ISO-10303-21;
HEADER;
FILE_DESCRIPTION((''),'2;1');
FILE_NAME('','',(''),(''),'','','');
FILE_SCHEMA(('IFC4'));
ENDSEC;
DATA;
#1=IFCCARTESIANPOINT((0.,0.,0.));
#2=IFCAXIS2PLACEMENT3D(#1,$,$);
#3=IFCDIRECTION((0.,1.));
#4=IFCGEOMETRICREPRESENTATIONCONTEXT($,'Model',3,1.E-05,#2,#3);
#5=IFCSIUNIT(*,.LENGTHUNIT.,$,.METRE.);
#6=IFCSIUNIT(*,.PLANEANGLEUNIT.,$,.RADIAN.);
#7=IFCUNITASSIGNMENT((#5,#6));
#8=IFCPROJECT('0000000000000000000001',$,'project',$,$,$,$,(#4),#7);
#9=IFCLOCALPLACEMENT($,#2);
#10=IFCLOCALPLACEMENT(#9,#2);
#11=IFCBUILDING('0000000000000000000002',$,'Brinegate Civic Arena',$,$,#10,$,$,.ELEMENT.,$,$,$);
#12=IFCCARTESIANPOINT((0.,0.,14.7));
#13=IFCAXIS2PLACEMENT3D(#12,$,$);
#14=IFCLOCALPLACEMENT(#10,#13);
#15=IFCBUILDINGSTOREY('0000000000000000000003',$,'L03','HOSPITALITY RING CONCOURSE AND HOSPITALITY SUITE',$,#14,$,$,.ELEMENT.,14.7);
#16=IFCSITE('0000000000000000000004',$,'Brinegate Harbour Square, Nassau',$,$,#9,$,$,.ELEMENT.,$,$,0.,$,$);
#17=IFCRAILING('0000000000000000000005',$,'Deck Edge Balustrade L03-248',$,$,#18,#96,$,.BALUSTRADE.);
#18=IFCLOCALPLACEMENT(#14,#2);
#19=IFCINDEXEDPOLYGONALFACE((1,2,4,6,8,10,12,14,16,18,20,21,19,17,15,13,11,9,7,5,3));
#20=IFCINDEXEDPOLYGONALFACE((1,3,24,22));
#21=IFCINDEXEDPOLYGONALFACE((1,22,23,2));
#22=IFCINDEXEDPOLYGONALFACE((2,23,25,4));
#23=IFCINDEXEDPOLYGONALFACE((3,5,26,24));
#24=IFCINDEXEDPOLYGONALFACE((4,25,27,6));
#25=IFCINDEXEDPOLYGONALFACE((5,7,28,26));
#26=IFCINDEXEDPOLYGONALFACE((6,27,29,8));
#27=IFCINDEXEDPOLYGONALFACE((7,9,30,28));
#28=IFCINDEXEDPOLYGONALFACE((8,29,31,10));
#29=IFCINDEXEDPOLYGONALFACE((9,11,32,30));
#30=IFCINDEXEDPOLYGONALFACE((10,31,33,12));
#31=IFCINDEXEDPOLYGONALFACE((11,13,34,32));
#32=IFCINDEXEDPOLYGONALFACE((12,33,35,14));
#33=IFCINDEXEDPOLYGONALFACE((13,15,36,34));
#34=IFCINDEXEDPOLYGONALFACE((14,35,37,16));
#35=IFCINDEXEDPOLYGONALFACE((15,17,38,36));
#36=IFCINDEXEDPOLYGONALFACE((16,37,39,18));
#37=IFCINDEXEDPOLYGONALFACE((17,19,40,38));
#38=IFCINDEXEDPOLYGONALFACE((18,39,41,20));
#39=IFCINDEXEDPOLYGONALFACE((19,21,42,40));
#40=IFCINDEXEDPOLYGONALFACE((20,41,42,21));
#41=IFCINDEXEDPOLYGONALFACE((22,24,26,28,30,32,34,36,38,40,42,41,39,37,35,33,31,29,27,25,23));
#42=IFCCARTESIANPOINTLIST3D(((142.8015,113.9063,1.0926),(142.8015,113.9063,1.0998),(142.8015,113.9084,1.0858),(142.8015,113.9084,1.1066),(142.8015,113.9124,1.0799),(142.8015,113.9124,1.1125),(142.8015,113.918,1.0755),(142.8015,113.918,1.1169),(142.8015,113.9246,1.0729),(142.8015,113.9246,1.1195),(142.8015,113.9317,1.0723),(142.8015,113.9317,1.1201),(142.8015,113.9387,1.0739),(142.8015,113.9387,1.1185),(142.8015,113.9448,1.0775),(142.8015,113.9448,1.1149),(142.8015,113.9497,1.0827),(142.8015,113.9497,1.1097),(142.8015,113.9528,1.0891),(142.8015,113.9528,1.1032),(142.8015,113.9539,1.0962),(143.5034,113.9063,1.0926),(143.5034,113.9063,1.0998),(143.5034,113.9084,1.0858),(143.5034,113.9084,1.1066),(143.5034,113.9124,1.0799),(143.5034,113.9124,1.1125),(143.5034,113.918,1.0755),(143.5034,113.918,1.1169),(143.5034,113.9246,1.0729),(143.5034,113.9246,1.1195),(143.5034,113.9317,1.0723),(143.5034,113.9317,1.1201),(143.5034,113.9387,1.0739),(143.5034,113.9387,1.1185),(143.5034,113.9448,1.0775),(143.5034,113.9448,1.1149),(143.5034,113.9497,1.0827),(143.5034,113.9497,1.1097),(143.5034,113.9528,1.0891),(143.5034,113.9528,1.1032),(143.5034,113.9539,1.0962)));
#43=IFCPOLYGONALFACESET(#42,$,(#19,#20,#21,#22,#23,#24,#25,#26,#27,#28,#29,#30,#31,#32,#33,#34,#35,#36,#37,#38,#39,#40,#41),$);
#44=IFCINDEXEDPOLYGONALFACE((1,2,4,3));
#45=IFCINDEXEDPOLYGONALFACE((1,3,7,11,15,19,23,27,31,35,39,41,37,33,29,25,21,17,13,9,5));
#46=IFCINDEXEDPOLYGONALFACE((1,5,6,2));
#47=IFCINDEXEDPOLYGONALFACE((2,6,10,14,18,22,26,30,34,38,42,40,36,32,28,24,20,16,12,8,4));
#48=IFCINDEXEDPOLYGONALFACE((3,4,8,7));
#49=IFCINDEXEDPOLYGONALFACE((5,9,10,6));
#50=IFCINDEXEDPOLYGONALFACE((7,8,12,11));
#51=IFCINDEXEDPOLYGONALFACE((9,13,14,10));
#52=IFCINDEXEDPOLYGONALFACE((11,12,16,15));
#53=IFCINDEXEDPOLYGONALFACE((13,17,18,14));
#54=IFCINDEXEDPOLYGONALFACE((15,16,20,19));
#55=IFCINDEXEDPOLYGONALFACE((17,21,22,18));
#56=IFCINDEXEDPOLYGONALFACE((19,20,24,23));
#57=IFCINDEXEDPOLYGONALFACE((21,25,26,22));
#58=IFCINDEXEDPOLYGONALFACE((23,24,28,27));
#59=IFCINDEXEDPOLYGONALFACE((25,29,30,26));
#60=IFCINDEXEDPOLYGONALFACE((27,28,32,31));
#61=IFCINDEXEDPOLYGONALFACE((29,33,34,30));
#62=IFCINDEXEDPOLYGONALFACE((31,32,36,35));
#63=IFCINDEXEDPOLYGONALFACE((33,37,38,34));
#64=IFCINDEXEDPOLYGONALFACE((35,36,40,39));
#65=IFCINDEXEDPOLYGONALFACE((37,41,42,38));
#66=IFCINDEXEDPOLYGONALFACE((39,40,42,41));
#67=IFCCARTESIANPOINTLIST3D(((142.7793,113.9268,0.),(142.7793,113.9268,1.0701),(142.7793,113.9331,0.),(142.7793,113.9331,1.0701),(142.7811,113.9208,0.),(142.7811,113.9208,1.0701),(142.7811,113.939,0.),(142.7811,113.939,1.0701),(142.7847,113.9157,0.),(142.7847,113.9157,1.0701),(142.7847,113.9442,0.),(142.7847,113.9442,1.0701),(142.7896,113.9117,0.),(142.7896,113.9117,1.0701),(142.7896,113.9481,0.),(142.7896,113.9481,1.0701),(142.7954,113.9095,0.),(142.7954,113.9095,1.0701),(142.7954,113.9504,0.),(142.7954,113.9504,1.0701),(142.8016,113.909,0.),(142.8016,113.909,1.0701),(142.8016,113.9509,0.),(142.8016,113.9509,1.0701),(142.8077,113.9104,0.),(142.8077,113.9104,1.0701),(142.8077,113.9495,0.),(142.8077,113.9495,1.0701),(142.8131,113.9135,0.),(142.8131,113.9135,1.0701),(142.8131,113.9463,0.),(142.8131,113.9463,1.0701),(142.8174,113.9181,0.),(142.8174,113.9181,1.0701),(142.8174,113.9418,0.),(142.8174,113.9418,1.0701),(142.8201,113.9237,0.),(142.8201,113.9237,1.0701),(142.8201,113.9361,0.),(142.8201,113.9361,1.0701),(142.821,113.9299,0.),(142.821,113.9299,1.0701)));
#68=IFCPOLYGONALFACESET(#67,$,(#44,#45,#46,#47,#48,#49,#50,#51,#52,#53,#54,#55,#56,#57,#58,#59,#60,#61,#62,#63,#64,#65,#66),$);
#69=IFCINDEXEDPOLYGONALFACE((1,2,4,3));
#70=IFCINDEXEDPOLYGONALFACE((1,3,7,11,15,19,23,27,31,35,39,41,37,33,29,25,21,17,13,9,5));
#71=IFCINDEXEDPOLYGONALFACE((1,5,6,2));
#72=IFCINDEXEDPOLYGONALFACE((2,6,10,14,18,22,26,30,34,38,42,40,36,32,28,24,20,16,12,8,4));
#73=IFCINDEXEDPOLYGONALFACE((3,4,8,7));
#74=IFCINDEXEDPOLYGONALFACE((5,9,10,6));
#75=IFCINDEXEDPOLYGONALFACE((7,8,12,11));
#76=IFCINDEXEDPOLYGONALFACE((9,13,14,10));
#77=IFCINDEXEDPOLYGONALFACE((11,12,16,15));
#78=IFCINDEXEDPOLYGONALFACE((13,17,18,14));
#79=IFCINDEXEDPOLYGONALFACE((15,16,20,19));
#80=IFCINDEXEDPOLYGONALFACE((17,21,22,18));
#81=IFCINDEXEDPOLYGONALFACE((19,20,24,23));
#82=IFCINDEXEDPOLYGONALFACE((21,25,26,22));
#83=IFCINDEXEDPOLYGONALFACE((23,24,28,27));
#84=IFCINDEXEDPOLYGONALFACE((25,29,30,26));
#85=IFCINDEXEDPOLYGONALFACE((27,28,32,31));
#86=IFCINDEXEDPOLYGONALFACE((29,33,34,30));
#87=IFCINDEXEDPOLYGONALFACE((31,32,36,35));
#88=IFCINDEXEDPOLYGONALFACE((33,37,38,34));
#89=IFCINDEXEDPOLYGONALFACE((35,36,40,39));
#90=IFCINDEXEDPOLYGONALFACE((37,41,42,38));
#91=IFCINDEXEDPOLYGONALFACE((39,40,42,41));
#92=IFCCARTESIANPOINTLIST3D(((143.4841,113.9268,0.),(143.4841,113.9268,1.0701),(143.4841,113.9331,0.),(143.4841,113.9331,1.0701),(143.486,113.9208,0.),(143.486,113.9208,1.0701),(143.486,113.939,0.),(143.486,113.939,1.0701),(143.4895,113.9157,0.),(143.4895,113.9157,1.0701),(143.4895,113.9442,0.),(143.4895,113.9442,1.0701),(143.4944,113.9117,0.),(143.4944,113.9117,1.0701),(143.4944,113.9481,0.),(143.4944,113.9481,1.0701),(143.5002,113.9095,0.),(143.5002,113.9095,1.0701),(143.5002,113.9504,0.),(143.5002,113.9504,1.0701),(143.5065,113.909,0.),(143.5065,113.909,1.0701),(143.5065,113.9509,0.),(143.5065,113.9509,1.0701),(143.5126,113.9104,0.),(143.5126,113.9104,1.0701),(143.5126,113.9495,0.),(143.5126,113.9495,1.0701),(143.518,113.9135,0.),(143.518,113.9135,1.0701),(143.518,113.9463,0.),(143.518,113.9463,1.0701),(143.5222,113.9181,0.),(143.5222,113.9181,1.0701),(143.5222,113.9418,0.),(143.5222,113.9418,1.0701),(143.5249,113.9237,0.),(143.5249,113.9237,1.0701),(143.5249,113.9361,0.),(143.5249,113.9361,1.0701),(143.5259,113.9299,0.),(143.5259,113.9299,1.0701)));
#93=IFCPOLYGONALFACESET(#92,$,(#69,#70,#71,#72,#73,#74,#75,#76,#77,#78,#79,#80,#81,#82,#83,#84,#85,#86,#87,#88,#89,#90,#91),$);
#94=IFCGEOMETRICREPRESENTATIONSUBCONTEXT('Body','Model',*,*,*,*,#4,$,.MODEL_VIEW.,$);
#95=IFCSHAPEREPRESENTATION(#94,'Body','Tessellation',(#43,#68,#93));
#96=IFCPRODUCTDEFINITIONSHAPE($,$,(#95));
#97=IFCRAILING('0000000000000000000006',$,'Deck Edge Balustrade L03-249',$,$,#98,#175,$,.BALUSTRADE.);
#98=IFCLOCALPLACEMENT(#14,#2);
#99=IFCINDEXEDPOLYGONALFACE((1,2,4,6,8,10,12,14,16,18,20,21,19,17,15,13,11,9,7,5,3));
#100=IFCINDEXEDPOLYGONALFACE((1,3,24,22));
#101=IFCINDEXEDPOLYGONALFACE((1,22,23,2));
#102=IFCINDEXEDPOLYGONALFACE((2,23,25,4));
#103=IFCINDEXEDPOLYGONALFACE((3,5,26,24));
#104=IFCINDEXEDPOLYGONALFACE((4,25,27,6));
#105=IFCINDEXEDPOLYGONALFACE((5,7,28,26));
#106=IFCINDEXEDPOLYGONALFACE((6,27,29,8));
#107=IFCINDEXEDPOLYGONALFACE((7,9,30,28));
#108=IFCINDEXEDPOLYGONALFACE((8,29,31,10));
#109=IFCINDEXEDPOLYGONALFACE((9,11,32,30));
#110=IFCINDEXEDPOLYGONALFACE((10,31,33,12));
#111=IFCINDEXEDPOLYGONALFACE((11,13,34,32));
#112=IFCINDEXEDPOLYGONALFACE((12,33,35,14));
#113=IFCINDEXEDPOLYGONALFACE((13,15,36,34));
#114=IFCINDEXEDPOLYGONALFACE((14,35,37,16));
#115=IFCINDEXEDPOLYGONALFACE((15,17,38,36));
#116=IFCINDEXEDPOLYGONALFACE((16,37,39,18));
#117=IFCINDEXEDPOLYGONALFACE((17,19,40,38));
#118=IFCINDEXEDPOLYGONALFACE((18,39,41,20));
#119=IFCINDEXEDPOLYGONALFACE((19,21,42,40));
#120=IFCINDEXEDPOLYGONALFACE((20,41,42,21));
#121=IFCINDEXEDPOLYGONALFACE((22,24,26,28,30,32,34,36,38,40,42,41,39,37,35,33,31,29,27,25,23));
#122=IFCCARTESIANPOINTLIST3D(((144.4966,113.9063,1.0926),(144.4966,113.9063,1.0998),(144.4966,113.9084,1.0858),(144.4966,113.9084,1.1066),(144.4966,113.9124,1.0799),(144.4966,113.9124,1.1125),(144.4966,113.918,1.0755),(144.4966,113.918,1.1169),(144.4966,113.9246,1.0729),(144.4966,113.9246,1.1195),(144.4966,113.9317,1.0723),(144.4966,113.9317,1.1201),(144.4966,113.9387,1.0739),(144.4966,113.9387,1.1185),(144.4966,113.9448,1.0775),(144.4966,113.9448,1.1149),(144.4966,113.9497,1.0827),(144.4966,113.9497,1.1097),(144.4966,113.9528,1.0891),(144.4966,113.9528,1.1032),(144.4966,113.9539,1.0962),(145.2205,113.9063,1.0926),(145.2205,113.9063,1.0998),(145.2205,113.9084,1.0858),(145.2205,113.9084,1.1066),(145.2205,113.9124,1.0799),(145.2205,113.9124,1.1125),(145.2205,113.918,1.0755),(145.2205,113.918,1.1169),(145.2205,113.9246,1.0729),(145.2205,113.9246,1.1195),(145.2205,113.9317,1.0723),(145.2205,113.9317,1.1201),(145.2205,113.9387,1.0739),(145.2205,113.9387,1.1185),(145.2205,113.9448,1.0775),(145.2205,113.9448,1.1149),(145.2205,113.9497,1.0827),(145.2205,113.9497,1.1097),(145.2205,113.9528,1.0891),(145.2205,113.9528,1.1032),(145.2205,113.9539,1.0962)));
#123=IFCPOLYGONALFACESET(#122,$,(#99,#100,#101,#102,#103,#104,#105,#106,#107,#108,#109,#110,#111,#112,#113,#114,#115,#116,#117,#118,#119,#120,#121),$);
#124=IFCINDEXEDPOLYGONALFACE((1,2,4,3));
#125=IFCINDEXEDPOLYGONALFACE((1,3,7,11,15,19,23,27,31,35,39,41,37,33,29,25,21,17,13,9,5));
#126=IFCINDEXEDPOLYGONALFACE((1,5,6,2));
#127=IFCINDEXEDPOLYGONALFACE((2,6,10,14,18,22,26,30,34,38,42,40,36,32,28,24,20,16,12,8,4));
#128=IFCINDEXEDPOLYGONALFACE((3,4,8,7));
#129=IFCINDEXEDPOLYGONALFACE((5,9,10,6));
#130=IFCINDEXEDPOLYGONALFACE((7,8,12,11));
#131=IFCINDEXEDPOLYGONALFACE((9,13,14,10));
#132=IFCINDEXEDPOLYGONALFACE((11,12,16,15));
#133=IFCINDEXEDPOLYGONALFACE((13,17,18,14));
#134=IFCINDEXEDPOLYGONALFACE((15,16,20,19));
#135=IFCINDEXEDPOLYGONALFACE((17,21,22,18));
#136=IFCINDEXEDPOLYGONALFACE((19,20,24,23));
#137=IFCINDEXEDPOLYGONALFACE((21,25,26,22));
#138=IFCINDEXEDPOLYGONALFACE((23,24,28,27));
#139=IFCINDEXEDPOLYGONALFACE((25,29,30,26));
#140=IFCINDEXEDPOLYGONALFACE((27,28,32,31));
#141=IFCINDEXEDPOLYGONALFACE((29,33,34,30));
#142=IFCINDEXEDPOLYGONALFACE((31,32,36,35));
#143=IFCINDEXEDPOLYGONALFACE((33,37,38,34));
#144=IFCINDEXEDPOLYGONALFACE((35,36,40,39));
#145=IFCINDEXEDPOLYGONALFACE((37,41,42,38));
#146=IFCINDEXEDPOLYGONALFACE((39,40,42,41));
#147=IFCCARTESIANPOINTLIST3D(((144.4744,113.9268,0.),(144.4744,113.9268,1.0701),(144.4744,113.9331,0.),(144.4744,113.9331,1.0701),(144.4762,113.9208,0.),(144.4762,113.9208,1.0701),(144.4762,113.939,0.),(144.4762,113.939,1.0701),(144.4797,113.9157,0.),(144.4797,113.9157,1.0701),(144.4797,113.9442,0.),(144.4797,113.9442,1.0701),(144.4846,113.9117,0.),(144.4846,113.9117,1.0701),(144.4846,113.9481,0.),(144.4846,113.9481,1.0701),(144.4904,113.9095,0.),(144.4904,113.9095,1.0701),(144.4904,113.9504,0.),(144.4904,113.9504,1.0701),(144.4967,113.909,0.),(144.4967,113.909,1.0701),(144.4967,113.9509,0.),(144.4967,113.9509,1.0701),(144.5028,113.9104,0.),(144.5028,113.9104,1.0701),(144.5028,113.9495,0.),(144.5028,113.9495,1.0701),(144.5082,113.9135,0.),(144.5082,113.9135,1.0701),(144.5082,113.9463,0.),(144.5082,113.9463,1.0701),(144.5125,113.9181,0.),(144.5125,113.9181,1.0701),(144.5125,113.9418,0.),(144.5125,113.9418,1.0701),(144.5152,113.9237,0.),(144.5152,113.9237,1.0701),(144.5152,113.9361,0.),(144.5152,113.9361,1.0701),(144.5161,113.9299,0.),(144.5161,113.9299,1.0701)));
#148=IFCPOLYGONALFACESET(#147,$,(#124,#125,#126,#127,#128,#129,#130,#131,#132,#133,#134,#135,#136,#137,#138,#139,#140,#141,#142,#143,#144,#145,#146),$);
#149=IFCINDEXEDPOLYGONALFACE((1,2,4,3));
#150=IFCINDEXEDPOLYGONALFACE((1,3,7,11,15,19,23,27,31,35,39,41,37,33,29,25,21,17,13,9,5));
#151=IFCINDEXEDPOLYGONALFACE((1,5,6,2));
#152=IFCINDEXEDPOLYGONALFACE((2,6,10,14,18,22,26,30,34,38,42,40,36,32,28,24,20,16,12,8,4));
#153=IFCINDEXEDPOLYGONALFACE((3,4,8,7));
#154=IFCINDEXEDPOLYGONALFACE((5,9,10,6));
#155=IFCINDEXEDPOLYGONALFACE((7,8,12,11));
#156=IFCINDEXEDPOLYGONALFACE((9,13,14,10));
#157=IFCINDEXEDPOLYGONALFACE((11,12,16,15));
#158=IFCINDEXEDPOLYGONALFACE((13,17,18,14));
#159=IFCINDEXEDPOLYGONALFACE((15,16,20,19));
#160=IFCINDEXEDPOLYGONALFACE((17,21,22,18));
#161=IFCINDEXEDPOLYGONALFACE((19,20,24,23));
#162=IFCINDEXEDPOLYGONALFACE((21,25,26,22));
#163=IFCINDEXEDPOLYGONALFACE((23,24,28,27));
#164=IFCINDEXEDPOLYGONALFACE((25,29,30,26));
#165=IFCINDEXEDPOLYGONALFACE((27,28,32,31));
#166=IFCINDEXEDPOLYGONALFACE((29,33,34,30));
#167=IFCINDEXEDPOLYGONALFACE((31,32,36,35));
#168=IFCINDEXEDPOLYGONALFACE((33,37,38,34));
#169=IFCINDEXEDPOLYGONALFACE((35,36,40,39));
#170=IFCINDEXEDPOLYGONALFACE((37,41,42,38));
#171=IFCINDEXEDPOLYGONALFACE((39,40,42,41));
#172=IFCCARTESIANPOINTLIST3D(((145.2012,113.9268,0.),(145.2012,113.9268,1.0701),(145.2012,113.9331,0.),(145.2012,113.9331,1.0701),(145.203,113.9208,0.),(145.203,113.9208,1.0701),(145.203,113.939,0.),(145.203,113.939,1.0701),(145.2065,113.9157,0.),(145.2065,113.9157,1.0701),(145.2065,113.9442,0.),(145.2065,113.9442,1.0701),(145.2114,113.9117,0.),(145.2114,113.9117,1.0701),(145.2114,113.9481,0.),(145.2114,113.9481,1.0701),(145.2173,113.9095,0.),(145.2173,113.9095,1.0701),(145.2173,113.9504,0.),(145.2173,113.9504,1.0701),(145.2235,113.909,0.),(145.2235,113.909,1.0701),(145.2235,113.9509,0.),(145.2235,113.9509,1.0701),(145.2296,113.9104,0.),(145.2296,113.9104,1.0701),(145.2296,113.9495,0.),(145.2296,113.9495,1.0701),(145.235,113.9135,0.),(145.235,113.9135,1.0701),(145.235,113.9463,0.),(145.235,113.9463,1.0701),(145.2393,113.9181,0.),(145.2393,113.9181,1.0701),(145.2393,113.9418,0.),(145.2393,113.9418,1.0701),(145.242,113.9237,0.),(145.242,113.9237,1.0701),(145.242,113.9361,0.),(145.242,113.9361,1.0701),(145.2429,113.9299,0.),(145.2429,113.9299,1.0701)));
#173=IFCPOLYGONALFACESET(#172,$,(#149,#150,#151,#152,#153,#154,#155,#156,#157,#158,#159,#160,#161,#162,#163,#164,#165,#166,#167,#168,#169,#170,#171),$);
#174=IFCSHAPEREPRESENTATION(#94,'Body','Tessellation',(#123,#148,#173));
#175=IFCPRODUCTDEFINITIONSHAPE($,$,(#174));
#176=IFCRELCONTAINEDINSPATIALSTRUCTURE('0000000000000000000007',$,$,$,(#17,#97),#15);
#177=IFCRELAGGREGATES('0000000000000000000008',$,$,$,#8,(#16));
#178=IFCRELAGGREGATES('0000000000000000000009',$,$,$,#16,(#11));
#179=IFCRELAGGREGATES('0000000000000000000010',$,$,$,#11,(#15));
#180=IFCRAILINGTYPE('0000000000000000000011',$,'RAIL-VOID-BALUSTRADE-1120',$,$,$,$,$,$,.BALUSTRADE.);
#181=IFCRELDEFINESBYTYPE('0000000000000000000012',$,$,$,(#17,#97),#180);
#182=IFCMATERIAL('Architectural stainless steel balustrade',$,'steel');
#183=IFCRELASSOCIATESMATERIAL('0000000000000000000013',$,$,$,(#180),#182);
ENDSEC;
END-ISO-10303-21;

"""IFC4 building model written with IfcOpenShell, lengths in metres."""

from ifc_helpers import new_model, si_unit, direction, frame, origin, origin_2d, place, context, subcontext, project, spatial, circle, extrude, material, type_object, element, save


model = new_model("IFC4")

# Units and contexts
model_context = context("Model", 3, precision=1e-05, world=origin(), true_north=direction((0.0, 1.0)))
body_context = subcontext(model_context, "Body", "Model", "MODEL_VIEW")
ifc_project = project(units=[si_unit("LENGTHUNIT", "METRE"), si_unit("PLANEANGLEUNIT", "RADIAN")], contexts=[model_context])

# Site, building, storey
site_placement = place(None, origin())
site = spatial("IfcSite", under=ifc_project, at=site_placement, Name="Brinegate Harbour Square, Nassau", CompositionType="ELEMENT", RefElevation=0.0)
building_placement = place(site_placement, origin())
building = spatial("IfcBuilding", under=site, at=building_placement, Name="Brinegate Civic Arena", CompositionType="ELEMENT")
storey_placement = place(building_placement, frame((0.0, 0.0, 14.7)))
storey = spatial("IfcBuildingStorey", under=building, at=storey_placement, Name="L03", Description="HOSPITALITY RING CONCOURSE AND HOSPITALITY SUITE", CompositionType="ELEMENT", Elevation=14.7)

# Railings
ifc_material_1 = material(Name="Architectural stainless steel balustrade", Category="steel")
railing_type_1 = type_object("IfcRailingType", Name="RAIL-VOID-BALUSTRADE-1120", PredefinedType="BALUSTRADE", material=ifc_material_1)
railing_1_placement = place(storey_placement, frame((142.8, 113.9299, 0.0)))
element("IfcRailing", 1, at=railing_1_placement, inside=storey, type_object=railing_type_1, Name="Deck Edge Balustrade L03-248", PredefinedType="BALUSTRADE", context=body_context, shape_type="SweptSolid", body=[
    extrude(circle(Radius=0.0239, at=origin_2d()), frame((0.0015, 0.0, 1.0962), z_axis=(1.0, 0.0, 0.0), x_axis=(0.0, 1.0, 0.0)), (0.0, 0.0, 1.0), 0.7019),
    extrude(circle(Radius=0.021, at=origin_2d()), origin(), (0.0, 0.0, 1.0), 1.0701),
    extrude(circle(Radius=0.021, at=origin_2d()), frame((0.7048, 0.0, 0.0)), (0.0, 0.0, 1.0), 1.0701),
])
railing_2_placement = place(storey_placement, frame((144.4951, 113.9299, 0.0)))
element("IfcRailing", 2, at=railing_2_placement, inside=storey, type_object=railing_type_1, Name="Deck Edge Balustrade L03-249", PredefinedType="BALUSTRADE", context=body_context, shape_type="SweptSolid", body=[
    extrude(circle(Radius=0.0239, at=origin_2d()), frame((0.0015, 0.0, 1.0962), z_axis=(1.0, 0.0, 0.0), x_axis=(0.0, 1.0, 0.0)), (0.0, 0.0, 1.0), 0.7239),
    extrude(circle(Radius=0.021, at=origin_2d()), origin(), (0.0, 0.0, 1.0), 1.0701),
    extrude(circle(Radius=0.021, at=origin_2d()), frame((0.7268, 0.0, 0.0)), (0.0, 0.0, 1.0), 1.0701),
])

save(model, "model.ifc")
